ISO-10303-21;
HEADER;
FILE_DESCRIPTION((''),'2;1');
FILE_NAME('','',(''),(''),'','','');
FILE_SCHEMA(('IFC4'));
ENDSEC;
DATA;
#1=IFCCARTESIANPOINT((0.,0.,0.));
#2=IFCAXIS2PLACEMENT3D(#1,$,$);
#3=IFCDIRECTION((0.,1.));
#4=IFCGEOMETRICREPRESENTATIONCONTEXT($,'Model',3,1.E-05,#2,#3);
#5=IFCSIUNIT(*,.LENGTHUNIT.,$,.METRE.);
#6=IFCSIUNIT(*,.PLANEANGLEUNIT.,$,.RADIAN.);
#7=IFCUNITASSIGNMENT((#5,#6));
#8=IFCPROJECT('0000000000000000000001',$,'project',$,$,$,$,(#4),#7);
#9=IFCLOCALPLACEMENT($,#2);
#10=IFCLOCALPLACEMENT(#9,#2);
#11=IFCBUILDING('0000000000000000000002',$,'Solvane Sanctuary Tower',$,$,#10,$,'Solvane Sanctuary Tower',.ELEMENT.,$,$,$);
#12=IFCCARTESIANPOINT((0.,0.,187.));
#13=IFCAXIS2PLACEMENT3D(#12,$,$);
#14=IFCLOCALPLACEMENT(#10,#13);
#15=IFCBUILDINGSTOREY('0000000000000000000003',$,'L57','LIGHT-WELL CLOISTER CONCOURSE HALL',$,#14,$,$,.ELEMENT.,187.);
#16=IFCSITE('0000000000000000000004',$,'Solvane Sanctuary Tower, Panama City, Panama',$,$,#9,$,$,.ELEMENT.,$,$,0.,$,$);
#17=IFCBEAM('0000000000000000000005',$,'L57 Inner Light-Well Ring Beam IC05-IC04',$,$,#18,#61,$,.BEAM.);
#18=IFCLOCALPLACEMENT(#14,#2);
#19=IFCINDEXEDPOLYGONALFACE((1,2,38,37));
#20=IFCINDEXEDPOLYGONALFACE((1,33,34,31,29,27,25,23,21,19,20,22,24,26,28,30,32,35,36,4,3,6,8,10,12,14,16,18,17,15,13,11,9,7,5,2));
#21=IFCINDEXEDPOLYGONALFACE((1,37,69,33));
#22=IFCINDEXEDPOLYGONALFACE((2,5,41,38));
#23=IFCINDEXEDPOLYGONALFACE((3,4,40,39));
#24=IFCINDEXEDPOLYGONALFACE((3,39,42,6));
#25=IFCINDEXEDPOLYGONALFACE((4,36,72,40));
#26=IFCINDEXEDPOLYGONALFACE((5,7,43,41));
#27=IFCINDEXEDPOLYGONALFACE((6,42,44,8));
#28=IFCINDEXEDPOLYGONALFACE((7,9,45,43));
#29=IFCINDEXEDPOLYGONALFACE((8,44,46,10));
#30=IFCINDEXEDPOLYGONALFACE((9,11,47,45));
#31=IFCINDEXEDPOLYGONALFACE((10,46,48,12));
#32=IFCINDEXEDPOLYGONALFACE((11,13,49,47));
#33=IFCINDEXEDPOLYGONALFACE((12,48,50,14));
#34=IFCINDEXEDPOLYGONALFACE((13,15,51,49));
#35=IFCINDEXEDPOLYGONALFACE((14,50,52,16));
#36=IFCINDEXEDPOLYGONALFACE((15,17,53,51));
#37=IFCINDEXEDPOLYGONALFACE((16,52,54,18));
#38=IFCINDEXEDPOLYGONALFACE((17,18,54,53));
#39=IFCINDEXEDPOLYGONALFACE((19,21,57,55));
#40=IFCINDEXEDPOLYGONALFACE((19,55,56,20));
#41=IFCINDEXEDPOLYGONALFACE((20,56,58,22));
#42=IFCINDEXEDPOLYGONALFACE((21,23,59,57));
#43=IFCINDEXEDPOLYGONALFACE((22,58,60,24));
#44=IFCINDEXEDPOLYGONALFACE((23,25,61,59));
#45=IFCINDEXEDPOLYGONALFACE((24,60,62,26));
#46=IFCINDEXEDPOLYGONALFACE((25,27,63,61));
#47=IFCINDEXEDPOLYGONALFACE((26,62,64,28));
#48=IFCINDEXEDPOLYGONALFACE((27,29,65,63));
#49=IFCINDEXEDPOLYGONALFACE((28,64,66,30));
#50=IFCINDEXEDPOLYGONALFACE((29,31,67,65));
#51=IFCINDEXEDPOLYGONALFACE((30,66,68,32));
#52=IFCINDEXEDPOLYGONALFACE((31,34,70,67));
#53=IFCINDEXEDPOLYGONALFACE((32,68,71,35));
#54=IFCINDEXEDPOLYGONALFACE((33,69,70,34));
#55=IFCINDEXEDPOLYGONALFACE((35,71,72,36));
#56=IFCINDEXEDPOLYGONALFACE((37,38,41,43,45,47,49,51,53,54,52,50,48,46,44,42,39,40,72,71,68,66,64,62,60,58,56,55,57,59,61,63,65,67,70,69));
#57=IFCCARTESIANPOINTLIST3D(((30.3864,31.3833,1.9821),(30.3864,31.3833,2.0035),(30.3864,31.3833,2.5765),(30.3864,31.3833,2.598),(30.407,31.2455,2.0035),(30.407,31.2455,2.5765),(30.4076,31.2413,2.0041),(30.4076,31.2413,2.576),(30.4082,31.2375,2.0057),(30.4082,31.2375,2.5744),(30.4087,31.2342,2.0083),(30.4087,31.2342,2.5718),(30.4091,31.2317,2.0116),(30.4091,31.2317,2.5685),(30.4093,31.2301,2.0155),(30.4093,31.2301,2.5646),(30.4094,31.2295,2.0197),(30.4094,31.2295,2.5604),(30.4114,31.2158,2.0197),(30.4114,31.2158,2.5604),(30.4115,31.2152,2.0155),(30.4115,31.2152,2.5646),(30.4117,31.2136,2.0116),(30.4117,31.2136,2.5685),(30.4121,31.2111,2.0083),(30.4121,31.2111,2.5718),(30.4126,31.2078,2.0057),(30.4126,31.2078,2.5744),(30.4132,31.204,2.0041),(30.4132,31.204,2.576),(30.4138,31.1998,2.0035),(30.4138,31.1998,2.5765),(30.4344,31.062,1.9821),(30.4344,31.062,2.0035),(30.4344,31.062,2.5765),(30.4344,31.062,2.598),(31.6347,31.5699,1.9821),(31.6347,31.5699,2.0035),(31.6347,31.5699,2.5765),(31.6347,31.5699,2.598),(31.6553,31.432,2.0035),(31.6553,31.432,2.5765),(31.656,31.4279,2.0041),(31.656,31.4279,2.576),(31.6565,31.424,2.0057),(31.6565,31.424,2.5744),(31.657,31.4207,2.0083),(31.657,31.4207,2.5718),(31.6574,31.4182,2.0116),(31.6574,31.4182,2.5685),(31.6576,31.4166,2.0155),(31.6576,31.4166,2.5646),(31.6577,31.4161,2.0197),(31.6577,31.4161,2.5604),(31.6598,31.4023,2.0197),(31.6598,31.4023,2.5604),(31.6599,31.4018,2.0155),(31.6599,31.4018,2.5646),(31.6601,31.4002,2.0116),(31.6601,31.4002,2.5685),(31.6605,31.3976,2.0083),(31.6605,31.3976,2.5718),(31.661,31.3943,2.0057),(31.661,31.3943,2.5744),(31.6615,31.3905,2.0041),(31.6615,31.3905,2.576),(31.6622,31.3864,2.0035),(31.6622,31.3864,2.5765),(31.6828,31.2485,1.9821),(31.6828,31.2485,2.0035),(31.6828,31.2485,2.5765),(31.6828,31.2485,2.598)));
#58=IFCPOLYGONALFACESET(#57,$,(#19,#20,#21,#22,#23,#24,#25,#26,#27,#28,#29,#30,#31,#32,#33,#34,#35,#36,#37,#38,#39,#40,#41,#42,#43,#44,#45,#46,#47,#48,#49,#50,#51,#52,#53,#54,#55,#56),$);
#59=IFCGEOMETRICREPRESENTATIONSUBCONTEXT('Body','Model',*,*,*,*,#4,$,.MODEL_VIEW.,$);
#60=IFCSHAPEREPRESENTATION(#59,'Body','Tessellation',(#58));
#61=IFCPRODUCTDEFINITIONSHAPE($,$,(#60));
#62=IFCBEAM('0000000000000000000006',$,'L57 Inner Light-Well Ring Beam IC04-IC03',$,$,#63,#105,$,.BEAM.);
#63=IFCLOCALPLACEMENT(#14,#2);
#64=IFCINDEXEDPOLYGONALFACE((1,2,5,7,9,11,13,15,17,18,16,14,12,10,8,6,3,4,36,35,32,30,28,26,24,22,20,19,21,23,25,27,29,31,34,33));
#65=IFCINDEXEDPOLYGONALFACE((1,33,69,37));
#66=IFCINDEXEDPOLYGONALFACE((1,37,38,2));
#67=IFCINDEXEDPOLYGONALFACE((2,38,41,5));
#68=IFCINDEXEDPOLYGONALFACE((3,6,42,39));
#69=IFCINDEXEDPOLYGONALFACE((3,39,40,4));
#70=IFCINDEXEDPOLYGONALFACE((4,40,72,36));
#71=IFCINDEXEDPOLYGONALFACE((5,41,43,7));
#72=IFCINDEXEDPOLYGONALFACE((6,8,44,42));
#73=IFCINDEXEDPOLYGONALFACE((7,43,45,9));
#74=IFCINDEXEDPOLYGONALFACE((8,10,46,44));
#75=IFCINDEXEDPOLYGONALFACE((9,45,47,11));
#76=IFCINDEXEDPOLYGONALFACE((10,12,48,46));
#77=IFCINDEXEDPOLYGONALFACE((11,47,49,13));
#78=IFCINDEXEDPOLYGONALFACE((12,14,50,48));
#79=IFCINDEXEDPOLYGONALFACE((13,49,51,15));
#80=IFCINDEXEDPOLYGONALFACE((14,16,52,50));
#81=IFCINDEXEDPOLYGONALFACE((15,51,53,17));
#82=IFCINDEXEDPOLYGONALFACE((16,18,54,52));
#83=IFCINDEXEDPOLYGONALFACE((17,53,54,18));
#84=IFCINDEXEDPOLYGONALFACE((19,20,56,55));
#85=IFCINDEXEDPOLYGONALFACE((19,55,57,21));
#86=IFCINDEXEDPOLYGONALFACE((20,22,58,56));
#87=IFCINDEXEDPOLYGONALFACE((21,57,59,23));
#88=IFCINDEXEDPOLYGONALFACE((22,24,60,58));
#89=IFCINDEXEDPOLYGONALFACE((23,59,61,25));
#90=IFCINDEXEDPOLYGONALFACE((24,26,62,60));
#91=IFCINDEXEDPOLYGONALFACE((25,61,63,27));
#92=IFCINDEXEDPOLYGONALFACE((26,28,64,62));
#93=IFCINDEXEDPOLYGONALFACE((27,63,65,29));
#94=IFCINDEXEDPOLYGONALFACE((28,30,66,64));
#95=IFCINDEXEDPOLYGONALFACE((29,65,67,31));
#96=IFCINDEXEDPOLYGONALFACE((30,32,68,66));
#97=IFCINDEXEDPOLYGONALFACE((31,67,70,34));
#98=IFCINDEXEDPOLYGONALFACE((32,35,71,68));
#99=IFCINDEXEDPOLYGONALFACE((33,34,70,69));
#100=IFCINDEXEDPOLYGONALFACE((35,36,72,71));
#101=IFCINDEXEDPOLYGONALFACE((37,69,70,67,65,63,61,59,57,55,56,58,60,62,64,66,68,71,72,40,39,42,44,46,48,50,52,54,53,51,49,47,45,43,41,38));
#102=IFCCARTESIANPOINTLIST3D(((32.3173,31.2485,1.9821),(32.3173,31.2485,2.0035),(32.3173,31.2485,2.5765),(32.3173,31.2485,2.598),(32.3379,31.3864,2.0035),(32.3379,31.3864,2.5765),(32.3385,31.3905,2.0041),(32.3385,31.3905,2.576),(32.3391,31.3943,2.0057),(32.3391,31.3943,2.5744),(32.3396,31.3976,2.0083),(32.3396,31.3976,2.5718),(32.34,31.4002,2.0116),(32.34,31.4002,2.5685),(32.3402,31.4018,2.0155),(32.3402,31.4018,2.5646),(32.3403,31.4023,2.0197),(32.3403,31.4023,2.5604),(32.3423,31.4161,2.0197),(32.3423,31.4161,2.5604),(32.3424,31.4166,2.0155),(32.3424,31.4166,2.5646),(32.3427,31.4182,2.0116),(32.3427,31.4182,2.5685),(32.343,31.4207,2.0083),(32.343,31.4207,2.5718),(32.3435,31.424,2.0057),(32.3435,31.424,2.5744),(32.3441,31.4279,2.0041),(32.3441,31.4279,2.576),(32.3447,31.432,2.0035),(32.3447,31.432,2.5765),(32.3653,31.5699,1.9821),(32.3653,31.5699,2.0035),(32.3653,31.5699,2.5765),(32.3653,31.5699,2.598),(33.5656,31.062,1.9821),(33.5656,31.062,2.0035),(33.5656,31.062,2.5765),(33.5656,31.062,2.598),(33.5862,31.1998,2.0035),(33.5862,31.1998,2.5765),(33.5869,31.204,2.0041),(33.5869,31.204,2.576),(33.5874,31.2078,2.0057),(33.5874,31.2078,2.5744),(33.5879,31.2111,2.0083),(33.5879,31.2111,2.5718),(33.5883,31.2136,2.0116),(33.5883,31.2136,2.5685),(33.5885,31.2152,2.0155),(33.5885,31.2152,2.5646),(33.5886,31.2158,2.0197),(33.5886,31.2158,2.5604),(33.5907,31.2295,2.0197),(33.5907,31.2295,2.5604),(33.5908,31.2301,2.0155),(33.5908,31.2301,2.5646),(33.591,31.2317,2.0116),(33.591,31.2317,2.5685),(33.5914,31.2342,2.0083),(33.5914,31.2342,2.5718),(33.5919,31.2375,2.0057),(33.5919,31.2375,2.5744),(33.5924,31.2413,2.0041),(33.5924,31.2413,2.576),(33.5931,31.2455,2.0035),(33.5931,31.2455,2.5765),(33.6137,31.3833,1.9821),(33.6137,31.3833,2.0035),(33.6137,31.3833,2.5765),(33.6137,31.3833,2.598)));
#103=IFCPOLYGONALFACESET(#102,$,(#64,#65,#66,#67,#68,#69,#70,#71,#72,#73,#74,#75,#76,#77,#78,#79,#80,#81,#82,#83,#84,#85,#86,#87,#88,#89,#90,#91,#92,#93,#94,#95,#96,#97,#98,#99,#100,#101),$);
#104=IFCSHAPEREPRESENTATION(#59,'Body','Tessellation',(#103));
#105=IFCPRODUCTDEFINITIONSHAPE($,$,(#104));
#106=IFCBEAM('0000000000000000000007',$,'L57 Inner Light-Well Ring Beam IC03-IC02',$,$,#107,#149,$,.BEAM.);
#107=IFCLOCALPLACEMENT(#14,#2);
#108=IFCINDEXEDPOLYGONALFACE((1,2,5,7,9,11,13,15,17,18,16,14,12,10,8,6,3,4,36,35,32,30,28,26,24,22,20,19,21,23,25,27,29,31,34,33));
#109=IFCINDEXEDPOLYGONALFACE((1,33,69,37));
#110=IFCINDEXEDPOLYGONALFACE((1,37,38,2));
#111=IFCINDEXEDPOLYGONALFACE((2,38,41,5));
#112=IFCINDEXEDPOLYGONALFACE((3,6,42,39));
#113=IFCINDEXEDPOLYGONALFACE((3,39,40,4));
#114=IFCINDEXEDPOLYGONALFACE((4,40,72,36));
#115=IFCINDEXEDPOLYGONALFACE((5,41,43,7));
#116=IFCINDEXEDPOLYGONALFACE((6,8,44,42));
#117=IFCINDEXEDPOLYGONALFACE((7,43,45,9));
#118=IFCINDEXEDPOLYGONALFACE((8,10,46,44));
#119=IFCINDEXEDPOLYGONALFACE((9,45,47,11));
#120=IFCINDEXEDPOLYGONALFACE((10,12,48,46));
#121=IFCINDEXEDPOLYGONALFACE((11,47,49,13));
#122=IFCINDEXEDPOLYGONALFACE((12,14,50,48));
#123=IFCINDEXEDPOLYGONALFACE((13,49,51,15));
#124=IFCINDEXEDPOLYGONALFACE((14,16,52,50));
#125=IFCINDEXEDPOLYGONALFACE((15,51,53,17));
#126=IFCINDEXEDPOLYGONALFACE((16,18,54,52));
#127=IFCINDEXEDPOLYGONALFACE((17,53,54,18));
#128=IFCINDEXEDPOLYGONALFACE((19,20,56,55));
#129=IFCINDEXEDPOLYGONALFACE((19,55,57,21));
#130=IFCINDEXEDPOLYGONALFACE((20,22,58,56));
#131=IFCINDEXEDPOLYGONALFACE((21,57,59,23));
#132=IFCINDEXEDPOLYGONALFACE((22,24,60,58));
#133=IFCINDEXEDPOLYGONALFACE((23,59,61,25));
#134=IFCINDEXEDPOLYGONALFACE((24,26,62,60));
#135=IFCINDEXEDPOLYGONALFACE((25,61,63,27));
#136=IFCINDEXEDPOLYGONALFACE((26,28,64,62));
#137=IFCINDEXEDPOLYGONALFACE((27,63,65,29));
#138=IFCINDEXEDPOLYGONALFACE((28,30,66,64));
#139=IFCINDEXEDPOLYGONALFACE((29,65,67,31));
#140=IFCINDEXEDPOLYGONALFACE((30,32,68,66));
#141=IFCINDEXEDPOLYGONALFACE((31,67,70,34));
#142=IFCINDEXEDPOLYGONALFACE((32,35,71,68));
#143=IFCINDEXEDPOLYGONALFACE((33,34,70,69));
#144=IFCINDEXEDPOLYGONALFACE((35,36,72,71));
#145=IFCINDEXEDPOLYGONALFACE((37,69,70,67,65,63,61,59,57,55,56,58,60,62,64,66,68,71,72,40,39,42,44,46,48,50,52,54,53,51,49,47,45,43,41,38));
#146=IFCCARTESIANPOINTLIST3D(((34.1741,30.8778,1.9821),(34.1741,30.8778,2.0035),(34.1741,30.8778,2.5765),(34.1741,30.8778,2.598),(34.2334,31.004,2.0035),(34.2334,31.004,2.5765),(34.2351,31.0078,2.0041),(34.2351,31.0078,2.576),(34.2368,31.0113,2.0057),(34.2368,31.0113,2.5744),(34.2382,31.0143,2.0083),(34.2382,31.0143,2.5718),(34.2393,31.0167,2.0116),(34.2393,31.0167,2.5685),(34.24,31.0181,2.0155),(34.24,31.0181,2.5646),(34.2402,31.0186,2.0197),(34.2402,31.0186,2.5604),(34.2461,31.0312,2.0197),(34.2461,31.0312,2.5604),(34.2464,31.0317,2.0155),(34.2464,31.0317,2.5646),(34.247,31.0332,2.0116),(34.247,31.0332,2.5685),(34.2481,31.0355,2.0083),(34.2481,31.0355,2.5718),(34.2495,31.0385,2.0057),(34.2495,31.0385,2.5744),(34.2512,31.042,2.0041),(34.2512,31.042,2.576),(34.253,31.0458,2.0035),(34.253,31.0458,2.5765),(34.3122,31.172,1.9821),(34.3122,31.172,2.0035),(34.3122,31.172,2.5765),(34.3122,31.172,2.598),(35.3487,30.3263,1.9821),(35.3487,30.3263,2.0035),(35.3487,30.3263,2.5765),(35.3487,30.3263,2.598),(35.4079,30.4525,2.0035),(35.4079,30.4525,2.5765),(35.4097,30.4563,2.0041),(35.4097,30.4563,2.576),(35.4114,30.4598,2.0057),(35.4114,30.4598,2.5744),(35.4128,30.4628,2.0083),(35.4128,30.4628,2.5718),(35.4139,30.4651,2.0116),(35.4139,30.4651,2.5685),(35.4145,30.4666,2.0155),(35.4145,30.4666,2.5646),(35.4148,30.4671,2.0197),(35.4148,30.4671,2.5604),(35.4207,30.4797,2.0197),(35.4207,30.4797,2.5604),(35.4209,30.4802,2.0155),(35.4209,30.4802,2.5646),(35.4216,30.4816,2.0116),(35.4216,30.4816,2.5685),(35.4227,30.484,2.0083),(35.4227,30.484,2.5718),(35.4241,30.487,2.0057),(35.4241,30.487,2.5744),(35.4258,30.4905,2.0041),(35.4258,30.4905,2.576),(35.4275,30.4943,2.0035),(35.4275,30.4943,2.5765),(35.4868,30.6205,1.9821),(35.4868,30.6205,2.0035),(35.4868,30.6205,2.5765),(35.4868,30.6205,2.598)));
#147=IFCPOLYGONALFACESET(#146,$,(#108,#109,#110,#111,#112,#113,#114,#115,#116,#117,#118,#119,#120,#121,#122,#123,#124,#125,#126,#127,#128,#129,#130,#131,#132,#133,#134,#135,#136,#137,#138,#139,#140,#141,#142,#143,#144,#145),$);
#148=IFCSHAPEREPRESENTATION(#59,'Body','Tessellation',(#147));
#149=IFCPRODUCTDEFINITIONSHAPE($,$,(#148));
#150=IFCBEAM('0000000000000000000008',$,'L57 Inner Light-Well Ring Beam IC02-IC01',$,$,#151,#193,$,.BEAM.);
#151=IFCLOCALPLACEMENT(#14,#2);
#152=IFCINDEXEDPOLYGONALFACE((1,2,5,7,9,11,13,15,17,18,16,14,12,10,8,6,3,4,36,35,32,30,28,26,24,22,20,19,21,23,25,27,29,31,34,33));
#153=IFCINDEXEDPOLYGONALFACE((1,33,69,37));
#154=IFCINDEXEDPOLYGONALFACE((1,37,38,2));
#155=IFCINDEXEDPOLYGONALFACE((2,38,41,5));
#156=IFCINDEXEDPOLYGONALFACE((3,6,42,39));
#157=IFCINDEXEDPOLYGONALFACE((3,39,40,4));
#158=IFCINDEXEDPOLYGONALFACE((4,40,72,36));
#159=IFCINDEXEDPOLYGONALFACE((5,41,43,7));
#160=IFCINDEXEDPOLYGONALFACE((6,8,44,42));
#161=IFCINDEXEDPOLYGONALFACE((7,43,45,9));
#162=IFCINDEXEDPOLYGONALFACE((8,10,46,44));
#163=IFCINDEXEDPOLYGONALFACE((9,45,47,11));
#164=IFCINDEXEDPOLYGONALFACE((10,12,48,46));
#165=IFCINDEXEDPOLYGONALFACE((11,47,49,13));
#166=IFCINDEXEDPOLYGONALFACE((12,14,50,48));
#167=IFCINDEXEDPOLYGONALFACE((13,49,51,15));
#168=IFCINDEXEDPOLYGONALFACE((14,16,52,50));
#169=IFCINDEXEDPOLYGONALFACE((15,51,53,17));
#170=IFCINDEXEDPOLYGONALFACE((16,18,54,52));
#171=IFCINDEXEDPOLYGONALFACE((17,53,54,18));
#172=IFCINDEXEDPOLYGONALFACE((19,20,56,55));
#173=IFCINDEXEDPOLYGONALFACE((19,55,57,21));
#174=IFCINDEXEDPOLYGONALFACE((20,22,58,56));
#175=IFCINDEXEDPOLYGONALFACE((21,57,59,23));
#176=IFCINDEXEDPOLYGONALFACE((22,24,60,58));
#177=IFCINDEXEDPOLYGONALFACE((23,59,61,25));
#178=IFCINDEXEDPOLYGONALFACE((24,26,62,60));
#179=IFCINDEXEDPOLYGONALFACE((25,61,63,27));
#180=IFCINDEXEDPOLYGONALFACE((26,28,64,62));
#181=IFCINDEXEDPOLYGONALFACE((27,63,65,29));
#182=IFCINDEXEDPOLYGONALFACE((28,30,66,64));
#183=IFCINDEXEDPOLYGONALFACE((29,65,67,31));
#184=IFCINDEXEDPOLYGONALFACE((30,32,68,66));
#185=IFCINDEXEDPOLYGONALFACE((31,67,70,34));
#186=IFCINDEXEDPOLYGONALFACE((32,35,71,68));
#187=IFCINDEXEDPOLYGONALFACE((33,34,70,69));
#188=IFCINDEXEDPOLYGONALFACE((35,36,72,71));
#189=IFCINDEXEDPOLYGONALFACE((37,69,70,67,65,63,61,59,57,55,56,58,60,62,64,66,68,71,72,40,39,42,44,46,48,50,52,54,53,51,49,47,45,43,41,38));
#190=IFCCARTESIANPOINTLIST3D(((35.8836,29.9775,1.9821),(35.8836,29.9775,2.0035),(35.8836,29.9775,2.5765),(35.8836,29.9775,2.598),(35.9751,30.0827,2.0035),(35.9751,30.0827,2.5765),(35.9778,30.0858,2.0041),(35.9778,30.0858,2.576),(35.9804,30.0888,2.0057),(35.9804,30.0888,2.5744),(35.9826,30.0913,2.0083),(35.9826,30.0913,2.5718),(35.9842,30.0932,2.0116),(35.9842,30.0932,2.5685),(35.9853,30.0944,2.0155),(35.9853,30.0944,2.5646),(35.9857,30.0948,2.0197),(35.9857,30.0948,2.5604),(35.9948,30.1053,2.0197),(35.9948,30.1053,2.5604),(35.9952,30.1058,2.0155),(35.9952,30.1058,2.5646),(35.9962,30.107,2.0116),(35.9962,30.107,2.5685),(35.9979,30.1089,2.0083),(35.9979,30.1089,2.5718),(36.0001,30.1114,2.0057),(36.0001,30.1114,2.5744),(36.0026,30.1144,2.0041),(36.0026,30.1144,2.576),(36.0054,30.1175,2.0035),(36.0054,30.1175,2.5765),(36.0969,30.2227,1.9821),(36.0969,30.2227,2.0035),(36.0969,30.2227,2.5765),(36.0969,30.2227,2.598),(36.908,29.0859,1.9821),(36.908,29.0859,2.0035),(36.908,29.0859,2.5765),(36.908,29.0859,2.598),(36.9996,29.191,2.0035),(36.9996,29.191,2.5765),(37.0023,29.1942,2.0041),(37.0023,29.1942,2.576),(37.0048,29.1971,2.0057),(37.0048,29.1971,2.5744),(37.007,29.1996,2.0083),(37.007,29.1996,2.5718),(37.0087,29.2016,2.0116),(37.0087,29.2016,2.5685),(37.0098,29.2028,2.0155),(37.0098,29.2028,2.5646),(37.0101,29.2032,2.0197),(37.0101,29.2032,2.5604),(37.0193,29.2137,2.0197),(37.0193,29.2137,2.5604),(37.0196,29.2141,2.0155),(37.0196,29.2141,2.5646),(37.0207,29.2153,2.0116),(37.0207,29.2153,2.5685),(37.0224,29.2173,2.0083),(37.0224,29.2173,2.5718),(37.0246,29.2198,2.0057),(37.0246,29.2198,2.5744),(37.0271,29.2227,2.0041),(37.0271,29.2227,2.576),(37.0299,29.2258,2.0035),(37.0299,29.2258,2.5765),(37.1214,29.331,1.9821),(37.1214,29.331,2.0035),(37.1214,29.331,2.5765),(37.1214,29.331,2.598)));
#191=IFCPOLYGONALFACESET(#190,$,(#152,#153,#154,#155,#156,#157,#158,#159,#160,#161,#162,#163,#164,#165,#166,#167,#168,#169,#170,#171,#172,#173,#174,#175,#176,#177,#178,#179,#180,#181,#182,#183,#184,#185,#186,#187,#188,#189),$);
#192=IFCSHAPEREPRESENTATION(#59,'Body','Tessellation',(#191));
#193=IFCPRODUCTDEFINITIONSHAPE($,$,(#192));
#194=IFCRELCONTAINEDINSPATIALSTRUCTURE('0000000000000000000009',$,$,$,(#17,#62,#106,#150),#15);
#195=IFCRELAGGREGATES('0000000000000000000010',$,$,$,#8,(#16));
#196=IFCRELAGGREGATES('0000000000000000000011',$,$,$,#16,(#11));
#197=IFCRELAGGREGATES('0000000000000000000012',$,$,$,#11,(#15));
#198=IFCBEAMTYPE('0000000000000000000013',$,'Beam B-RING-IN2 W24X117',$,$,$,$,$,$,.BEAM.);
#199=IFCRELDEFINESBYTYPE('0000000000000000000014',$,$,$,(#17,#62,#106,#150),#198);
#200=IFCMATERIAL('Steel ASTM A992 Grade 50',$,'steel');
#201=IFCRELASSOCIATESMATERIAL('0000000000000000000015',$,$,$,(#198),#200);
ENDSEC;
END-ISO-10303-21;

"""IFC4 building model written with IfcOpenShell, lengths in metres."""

from ifc_helpers import new_model, si_unit, direction, frame, origin, origin_2d, place, context, subcontext, project, spatial, i_section, extrude, material, material_profile, profile_set, type_object, element, save


model = new_model("IFC4")

# Units and contexts
model_context = context("Model", 3, precision=1e-05, world=origin(), true_north=direction((0.0, 1.0)))
body_context = subcontext(model_context, "Body", "Model", "MODEL_VIEW")
ifc_project = project(units=[si_unit("LENGTHUNIT", "METRE"), si_unit("PLANEANGLEUNIT", "RADIAN")], contexts=[model_context])

# Site, building, storey
site_placement = place(None, origin())
site = spatial("IfcSite", under=ifc_project, at=site_placement, Name="Solvane Sanctuary Tower, Panama City, Panama", CompositionType="ELEMENT", RefElevation=0.0)
building_placement = place(site_placement, origin())
building = spatial("IfcBuilding", under=site, at=building_placement, Name="Solvane Sanctuary Tower", LongName="Solvane Sanctuary Tower", CompositionType="ELEMENT")
storey_placement = place(building_placement, frame((0.0, 0.0, 187.0)))
storey = spatial("IfcBuildingStorey", under=building, at=storey_placement, Name="L57", Description="LIGHT-WELL CLOISTER CONCOURSE HALL", CompositionType="ELEMENT", Elevation=187.0)

# Beams
ifc_material_1 = material(Name="Steel ASTM A992 Grade 50", Category="steel")
ifc_material_profile_1 = material_profile(ifc_material_1, i_section(OverallWidth=0.325, OverallDepth=0.616, WebThickness=0.0139, FlangeThickness=0.0215, FilletRadius=0.0161, at=origin_2d()), Name="W24X117")
ifc_profile_set_1 = profile_set([ifc_material_profile_1], Name="Steel ASTM A992 Grade 50")
beam_type_1 = type_object("IfcBeamType", Name="Beam B-RING-IN2 W24X117", PredefinedType="BEAM", material=ifc_profile_set_1)
for number, where, z_axis, x_axis, name in (
    (1, (30.4104, 31.2227, 2.29), (0.98902, 0.147782, 0.0), (-0.147782, 0.98902, 0.0), "L57 Inner Light-Well Ring Beam IC05-IC04"),
    (2, (32.3413, 31.4092, 2.29), (0.98902, -0.147782, 0.0), (0.147782, 0.98902, 0.0), "L57 Inner Light-Well Ring Beam IC04-IC03"),
):
    element("IfcBeam", number, at=place(storey_placement, frame(where, z_axis=z_axis, x_axis=x_axis)), inside=storey, type_object=beam_type_1, Name=name, PredefinedType="BEAM", context=body_context, shape_type="SweptSolid", body=[
        extrude(i_section(OverallWidth=0.325, OverallDepth=0.616, WebThickness=0.0139, FlangeThickness=0.0215, FilletRadius=0.0161, at=origin_2d()), origin(), (0.0, 0.0, 1.0), 1.2622),
    ])
beam_1_placement = place(storey_placement, frame((34.2432, 31.0249, 2.29), z_axis=(0.905181, -0.425027, 0.0), x_axis=(0.425027, 0.905181, 0.0)))
element("IfcBeam", 3, at=beam_1_placement, inside=storey, type_object=beam_type_1, Name="L57 Inner Light-Well Ring Beam IC03-IC02", PredefinedType="BEAM", context=body_context, shape_type="SweptSolid", body=[
    extrude(i_section(OverallWidth=0.325, OverallDepth=0.616, WebThickness=0.0139, FlangeThickness=0.0215, FilletRadius=0.0161, at=origin_2d()), origin(), (0.0, 0.0, 1.0), 1.2976),
])
beam_2_placement = place(storey_placement, frame((35.9902, 30.1001, 2.29), z_axis=(0.754311, -0.656517, 0.0), x_axis=(0.656517, 0.754311, 0.0)))
element("IfcBeam", 4, at=beam_2_placement, inside=storey, type_object=beam_type_1, Name="L57 Inner Light-Well Ring Beam IC02-IC01", PredefinedType="BEAM", context=body_context, shape_type="SweptSolid", body=[
    extrude(i_section(OverallWidth=0.325, OverallDepth=0.616, WebThickness=0.0139, FlangeThickness=0.0215, FilletRadius=0.0161, at=origin_2d()), origin(), (0.0, 0.0, 1.0), 1.3582),
])

save(model, "model.ifc")
